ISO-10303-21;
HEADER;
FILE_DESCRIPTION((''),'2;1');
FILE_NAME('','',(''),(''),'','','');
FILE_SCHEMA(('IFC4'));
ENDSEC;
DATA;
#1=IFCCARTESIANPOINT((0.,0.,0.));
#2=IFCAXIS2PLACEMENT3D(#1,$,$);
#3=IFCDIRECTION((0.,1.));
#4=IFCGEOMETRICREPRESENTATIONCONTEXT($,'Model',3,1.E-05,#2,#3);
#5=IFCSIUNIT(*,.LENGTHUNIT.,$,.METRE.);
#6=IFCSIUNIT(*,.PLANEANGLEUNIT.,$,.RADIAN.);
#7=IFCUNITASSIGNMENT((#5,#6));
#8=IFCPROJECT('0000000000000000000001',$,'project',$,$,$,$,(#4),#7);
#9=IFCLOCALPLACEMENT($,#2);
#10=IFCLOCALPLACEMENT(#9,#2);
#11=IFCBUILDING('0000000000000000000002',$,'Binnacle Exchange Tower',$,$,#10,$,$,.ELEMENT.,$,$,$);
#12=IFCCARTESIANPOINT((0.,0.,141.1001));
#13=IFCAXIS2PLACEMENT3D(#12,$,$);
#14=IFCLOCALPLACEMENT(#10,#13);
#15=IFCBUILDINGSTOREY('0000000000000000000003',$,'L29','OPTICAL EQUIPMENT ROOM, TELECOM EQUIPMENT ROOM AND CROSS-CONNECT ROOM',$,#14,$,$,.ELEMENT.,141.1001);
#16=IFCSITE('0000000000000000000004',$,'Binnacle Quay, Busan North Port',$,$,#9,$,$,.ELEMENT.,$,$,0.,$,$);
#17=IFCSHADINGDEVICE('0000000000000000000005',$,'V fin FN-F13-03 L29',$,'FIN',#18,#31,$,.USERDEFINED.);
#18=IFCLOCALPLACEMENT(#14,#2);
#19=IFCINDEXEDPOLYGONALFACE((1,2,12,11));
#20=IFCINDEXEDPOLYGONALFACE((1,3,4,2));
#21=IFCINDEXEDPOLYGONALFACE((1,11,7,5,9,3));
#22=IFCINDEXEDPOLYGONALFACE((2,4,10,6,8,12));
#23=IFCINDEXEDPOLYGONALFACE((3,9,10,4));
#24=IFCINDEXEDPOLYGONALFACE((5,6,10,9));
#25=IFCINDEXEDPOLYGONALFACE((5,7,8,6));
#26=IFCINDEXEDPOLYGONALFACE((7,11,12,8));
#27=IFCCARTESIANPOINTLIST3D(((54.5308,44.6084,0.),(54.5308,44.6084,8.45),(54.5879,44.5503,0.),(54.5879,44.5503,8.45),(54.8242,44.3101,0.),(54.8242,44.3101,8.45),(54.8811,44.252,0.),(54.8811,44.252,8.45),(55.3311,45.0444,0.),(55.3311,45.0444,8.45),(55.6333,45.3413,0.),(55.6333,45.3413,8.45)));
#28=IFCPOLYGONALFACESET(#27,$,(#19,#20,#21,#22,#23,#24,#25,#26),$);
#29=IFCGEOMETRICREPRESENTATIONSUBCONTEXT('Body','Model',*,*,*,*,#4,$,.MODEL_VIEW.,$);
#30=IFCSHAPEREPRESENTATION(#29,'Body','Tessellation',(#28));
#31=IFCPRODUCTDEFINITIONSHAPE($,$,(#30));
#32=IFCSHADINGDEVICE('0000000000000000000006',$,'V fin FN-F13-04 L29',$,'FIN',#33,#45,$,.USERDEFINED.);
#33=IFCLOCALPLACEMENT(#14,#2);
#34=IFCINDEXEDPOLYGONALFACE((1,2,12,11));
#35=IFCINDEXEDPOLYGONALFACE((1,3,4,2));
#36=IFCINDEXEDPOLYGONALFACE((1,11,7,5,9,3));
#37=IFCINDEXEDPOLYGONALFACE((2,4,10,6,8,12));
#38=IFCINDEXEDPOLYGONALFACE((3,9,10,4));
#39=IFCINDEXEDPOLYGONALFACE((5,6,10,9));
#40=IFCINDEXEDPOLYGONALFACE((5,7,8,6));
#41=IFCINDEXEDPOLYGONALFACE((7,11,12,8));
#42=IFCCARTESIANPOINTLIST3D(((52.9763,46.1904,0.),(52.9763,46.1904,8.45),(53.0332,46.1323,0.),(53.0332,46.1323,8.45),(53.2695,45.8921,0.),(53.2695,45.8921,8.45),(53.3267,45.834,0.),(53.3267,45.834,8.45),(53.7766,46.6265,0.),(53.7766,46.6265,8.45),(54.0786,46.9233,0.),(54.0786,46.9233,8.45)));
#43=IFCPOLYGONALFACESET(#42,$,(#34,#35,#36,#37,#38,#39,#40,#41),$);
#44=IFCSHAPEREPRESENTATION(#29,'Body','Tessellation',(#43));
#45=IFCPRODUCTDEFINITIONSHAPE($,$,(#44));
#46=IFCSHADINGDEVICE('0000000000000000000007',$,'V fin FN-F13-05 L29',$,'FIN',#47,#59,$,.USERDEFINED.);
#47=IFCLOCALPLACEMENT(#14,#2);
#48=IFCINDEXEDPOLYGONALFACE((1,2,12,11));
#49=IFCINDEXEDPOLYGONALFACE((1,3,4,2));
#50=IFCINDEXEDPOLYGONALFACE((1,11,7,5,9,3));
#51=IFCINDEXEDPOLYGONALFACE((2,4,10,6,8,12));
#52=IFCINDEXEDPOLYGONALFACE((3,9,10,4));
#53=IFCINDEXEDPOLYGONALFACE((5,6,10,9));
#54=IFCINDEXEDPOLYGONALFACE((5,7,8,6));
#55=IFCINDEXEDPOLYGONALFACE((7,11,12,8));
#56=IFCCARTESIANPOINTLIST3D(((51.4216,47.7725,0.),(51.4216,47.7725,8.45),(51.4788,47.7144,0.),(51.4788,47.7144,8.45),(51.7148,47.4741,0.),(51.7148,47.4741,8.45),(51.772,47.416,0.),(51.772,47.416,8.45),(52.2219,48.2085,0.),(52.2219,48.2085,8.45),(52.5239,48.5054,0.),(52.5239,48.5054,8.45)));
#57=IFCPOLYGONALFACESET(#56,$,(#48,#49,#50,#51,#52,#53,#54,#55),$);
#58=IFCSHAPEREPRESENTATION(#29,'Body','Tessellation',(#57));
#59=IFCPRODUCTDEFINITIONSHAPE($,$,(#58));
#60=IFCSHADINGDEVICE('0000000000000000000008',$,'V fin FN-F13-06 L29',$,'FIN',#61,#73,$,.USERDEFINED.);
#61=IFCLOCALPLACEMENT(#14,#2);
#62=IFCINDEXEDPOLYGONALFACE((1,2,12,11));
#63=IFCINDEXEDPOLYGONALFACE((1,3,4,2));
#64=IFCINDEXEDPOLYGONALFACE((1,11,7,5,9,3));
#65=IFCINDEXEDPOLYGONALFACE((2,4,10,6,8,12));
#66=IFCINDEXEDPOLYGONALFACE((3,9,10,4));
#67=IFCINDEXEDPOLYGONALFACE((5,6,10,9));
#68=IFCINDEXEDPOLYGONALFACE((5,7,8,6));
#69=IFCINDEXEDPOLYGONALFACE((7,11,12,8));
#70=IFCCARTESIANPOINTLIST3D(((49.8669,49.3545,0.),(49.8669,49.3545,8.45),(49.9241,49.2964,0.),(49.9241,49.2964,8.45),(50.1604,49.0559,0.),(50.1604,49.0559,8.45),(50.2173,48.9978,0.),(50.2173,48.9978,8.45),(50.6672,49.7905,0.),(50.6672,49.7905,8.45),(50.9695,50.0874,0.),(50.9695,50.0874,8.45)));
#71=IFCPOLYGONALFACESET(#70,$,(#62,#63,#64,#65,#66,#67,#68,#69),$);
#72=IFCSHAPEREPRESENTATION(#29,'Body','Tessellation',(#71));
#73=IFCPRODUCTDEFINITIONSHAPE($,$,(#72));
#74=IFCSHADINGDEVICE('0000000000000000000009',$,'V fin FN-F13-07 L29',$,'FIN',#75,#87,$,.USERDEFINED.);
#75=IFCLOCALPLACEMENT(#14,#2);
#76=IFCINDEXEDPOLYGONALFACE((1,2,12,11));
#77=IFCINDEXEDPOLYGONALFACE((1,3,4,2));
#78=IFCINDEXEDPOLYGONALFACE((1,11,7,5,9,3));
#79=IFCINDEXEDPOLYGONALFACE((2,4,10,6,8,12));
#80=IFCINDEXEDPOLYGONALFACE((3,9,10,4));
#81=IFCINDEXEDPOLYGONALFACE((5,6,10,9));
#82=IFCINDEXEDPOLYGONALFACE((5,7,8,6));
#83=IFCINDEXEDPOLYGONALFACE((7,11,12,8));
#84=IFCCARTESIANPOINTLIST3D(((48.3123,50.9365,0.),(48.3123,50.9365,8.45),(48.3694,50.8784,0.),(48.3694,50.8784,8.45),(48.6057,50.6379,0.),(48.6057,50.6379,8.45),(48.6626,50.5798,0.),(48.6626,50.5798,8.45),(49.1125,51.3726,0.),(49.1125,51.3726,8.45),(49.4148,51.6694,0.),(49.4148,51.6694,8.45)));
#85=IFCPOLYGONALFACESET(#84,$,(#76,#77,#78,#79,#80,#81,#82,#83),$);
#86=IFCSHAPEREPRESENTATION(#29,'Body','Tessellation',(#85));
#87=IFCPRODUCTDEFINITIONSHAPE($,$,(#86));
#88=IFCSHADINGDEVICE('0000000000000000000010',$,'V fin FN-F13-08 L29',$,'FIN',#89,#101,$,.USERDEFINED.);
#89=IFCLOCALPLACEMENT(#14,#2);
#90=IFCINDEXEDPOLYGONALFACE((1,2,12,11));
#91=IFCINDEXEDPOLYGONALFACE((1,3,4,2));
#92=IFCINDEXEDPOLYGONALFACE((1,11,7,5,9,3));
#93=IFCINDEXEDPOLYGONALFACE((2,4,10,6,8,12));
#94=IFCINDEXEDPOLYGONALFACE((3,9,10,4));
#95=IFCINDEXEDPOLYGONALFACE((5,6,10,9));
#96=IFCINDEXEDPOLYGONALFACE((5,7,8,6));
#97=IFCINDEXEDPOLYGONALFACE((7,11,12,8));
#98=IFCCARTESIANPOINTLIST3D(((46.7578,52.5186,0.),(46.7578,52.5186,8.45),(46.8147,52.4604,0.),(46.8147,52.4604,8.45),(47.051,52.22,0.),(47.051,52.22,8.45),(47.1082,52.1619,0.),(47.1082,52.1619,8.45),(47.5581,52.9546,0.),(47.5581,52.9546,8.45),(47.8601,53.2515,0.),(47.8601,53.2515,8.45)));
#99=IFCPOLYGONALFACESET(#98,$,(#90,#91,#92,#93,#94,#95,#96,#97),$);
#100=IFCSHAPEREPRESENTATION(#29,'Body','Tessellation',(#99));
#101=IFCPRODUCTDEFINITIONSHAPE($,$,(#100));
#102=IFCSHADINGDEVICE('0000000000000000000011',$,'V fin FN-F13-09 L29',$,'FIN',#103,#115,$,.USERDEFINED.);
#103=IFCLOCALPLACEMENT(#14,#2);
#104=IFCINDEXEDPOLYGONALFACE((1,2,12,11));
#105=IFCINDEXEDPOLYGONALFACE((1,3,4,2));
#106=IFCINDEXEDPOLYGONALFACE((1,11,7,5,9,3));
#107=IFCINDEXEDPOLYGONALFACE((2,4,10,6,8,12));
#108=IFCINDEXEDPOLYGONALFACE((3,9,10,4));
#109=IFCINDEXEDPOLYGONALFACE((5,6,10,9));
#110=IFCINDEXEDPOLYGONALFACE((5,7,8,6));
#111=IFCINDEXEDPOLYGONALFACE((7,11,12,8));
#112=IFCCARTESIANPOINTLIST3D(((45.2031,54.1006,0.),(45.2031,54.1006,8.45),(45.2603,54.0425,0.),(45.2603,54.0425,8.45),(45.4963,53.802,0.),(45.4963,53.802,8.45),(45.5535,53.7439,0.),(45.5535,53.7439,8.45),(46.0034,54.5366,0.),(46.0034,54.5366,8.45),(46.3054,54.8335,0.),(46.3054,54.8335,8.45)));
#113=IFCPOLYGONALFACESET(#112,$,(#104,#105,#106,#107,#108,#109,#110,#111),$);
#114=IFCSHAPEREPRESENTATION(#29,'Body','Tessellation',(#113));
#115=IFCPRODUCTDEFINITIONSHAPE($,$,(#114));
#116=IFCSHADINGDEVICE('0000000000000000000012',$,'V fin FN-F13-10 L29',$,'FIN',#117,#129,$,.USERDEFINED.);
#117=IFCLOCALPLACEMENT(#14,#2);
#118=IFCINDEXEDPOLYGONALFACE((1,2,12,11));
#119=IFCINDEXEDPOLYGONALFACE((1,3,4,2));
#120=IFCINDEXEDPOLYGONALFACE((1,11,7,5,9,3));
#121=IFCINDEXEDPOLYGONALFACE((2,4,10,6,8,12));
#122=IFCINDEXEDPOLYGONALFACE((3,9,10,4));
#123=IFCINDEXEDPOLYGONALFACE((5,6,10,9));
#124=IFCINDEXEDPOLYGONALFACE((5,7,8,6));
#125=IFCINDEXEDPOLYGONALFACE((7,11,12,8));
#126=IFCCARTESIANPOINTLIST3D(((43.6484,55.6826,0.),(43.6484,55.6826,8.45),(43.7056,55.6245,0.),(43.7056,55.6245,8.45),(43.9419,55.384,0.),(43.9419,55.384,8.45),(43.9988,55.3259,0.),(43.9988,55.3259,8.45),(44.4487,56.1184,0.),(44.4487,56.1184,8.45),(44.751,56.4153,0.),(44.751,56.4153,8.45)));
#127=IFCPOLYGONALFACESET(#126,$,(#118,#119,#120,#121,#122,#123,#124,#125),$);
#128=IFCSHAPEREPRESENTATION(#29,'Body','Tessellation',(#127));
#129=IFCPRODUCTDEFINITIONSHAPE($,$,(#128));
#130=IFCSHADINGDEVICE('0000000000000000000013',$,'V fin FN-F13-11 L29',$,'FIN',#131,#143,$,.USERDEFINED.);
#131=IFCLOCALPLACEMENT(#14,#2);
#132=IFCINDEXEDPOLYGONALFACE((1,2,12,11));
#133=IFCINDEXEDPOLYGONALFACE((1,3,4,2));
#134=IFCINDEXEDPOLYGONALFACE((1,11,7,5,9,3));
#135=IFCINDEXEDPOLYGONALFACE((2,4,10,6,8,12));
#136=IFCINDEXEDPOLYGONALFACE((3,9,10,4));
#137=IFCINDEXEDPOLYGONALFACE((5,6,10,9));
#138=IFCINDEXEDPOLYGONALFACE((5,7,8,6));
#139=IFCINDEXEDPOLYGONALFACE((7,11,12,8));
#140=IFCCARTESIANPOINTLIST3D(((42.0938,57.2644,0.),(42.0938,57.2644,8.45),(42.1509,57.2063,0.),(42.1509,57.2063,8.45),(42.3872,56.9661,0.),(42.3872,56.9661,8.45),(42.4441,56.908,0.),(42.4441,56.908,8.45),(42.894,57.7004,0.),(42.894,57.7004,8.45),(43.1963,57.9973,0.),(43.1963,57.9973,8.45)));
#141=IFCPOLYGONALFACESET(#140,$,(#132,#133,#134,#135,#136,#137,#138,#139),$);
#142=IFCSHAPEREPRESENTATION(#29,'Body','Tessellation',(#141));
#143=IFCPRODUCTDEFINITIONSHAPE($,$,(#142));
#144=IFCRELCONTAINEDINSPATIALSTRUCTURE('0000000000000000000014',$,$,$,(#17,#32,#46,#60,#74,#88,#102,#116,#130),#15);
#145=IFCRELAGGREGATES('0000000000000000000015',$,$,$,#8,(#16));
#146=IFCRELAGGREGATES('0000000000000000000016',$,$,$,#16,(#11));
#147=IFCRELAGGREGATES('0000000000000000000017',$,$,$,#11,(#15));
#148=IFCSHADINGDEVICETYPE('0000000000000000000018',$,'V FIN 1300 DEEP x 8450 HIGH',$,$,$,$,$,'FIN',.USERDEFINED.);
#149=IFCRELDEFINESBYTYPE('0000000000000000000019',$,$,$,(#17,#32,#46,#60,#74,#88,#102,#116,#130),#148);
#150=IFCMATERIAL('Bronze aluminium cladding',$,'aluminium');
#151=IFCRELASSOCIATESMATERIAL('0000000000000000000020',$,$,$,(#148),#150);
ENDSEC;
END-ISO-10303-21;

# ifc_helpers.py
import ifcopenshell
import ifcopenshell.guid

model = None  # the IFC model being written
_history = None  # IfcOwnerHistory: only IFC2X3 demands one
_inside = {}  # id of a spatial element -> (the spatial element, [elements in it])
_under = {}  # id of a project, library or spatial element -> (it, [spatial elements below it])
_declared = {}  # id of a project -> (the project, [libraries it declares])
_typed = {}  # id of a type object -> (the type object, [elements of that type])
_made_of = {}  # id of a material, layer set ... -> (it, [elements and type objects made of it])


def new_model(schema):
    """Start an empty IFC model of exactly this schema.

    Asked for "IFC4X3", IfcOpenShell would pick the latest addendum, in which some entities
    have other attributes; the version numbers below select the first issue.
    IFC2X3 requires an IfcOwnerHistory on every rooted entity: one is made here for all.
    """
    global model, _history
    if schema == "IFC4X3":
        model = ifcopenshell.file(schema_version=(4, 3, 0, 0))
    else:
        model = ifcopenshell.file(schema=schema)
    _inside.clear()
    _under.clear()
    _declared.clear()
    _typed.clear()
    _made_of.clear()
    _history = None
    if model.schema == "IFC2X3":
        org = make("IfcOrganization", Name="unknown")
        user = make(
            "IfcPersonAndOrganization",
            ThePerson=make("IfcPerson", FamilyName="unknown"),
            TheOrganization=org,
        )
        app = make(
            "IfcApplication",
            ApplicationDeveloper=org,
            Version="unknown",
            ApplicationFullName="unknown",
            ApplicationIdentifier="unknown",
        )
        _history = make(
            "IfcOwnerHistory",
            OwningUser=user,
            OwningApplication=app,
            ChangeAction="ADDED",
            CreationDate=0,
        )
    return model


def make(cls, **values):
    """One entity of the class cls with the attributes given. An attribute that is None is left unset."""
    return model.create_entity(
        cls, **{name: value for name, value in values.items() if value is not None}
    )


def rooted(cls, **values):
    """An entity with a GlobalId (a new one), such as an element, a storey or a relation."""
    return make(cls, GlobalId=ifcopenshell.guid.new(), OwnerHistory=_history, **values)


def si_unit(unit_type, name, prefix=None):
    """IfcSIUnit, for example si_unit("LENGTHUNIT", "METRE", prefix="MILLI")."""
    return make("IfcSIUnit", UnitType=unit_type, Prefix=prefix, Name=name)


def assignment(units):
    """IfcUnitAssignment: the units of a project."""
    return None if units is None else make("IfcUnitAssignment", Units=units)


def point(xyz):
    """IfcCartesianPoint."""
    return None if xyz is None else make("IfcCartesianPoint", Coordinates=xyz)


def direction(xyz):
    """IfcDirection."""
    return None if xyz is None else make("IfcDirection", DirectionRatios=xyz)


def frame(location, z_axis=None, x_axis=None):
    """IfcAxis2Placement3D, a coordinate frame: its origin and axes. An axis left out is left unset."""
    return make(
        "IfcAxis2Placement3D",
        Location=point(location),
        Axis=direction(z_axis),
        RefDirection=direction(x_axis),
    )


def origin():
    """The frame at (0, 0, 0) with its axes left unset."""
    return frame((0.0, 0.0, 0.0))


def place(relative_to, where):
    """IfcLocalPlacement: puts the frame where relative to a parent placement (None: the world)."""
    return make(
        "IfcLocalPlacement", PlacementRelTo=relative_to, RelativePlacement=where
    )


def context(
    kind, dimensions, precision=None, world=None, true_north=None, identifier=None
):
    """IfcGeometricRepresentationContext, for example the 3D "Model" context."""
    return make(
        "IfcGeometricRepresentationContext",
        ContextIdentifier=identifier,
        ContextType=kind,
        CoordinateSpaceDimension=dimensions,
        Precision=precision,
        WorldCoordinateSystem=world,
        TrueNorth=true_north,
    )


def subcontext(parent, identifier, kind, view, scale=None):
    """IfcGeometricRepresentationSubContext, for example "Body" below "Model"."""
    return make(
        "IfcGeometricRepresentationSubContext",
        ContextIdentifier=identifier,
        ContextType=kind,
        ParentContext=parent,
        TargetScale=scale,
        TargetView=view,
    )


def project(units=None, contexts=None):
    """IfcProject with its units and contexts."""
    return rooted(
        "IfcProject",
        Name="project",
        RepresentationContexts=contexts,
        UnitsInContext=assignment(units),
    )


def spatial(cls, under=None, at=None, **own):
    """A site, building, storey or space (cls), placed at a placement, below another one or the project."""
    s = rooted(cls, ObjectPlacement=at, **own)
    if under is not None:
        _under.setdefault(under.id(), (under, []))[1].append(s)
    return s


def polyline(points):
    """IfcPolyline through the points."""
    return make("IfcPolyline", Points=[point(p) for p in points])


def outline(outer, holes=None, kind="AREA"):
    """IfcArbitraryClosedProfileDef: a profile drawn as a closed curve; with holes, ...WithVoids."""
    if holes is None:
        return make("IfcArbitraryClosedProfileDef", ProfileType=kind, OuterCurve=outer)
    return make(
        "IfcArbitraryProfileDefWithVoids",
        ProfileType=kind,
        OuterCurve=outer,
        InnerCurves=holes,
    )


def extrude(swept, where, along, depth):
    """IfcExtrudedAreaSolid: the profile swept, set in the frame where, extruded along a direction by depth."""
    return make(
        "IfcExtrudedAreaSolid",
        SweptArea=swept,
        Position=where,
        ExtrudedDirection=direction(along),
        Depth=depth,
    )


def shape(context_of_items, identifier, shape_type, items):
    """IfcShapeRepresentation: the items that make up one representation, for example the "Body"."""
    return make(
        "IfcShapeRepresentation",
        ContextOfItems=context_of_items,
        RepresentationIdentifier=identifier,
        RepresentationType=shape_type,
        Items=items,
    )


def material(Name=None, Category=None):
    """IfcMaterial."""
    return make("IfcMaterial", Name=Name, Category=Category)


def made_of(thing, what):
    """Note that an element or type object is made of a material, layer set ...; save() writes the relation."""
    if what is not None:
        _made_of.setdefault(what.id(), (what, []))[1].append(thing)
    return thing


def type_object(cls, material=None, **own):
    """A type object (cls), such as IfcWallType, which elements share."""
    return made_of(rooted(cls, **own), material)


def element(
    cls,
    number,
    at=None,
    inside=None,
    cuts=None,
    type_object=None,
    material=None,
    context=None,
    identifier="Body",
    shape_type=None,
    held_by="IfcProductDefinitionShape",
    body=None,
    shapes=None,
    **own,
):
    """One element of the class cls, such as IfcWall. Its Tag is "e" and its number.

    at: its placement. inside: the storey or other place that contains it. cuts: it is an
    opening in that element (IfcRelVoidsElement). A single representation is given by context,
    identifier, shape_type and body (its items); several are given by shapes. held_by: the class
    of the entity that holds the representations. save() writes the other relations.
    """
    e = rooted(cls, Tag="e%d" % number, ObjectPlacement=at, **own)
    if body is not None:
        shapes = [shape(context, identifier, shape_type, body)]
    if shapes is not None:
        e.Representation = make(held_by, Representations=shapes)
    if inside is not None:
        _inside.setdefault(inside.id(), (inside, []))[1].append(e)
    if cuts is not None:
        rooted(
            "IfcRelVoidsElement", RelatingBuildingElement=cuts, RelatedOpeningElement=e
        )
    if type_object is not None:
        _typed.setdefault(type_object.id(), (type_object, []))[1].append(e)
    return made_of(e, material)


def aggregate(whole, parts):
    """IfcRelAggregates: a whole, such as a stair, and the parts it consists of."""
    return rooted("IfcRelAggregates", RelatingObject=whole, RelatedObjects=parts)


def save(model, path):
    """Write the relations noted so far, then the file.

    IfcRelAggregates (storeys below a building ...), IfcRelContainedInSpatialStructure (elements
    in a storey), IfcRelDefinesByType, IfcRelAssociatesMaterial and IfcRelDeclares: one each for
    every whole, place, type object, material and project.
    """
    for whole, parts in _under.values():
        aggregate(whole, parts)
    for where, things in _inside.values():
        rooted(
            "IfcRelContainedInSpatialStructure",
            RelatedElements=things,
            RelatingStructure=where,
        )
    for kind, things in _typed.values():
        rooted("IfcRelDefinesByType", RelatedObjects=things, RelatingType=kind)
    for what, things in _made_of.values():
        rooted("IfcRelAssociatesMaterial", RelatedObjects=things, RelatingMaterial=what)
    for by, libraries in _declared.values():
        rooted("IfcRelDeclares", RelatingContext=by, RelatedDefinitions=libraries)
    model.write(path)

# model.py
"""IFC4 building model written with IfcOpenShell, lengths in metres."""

from ifc_helpers import new_model, si_unit, direction, frame, origin, place, context, subcontext, project, spatial, polyline, outline, extrude, material, type_object, element, save


model = new_model("IFC4")

# Units and contexts
model_context = context("Model", 3, precision=1e-05, world=origin(), true_north=direction((0.0, 1.0)))
body_context = subcontext(model_context, "Body", "Model", "MODEL_VIEW")
ifc_project = project(units=[si_unit("LENGTHUNIT", "METRE"), si_unit("PLANEANGLEUNIT", "RADIAN")], contexts=[model_context])

# Site, building, storey
site_placement = place(None, origin())
site = spatial("IfcSite", under=ifc_project, at=site_placement, Name="Binnacle Quay, Busan North Port", CompositionType="ELEMENT", RefElevation=0.0)
building_placement = place(site_placement, origin())
building = spatial("IfcBuilding", under=site, at=building_placement, Name="Binnacle Exchange Tower", CompositionType="ELEMENT")
storey_placement = place(building_placement, frame((0.0, 0.0, 141.1001)))
storey = spatial("IfcBuildingStorey", under=building, at=storey_placement, Name="L29", Description="OPTICAL EQUIPMENT ROOM, TELECOM EQUIPMENT ROOM AND CROSS-CONNECT ROOM", CompositionType="ELEMENT", Elevation=141.1001)

# Shading devices
ifc_material_1 = material(Name="Bronze aluminium cladding", Category="aluminium")
shading_device_type = type_object("IfcShadingDeviceType", Name="V FIN 1300 DEEP x 8450 HIGH", ElementType="FIN", PredefinedType="USERDEFINED", material=ifc_material_1)
shading_device_1_placement = place(storey_placement, origin())
element("IfcShadingDevice", 1, at=shading_device_1_placement, inside=storey, type_object=shading_device_type, Name="V fin FN-F13-03 L29", ObjectType="FIN", PredefinedType="USERDEFINED", context=body_context, shape_type="SweptSolid", body=[
    extrude(outline(polyline([(54.8811, 44.252), (55.6333, 45.3413), (54.5308, 44.6084), (54.5879, 44.5503), (55.3311, 45.0444), (54.8242, 44.3101), (54.8811, 44.252)])), origin(), (0.0, 0.0, 1.0), 8.45),
])
shading_device_2_placement = place(storey_placement, origin())
element("IfcShadingDevice", 2, at=shading_device_2_placement, inside=storey, type_object=shading_device_type, Name="V fin FN-F13-04 L29", ObjectType="FIN", PredefinedType="USERDEFINED", context=body_context, shape_type="SweptSolid", body=[
    extrude(outline(polyline([(53.3267, 45.834), (54.0786, 46.9233), (52.9763, 46.1904), (53.0332, 46.1323), (53.7766, 46.6265), (53.2695, 45.8921), (53.3267, 45.834)])), origin(), (0.0, 0.0, 1.0), 8.45),
])
shading_device_3_placement = place(storey_placement, origin())
element("IfcShadingDevice", 3, at=shading_device_3_placement, inside=storey, type_object=shading_device_type, Name="V fin FN-F13-05 L29", ObjectType="FIN", PredefinedType="USERDEFINED", context=body_context, shape_type="SweptSolid", body=[
    extrude(outline(polyline([(51.772, 47.416), (52.5239, 48.5054), (51.4216, 47.7725), (51.4788, 47.7144), (52.2219, 48.2085), (51.7148, 47.4741), (51.772, 47.416)])), origin(), (0.0, 0.0, 1.0), 8.45),
])
shading_device_4_placement = place(storey_placement, origin())
element("IfcShadingDevice", 4, at=shading_device_4_placement, inside=storey, type_object=shading_device_type, Name="V fin FN-F13-06 L29", ObjectType="FIN", PredefinedType="USERDEFINED", context=body_context, shape_type="SweptSolid", body=[
    extrude(outline(polyline([(50.2173, 48.9978), (50.9695, 50.0874), (49.8669, 49.3545), (49.9241, 49.2964), (50.6672, 49.7905), (50.1604, 49.0559), (50.2173, 48.9978)])), origin(), (0.0, 0.0, 1.0), 8.45),
])
shading_device_5_placement = place(storey_placement, origin())
element("IfcShadingDevice", 5, at=shading_device_5_placement, inside=storey, type_object=shading_device_type, Name="V fin FN-F13-07 L29", ObjectType="FIN", PredefinedType="USERDEFINED", context=body_context, shape_type="SweptSolid", body=[
    extrude(outline(polyline([(48.6626, 50.5798), (49.4148, 51.6694), (48.3123, 50.9365), (48.3694, 50.8784), (49.1125, 51.3726), (48.6057, 50.6379), (48.6626, 50.5798)])), origin(), (0.0, 0.0, 1.0), 8.45),
])
shading_device_6_placement = place(storey_placement, origin())
element("IfcShadingDevice", 6, at=shading_device_6_placement, inside=storey, type_object=shading_device_type, Name="V fin FN-F13-08 L29", ObjectType="FIN", PredefinedType="USERDEFINED", context=body_context, shape_type="SweptSolid", body=[
    extrude(outline(polyline([(47.1082, 52.1619), (47.8601, 53.2515), (46.7578, 52.5186), (46.8147, 52.4604), (47.5581, 52.9546), (47.051, 52.22), (47.1082, 52.1619)])), origin(), (0.0, 0.0, 1.0), 8.45),
])
shading_device_7_placement = place(storey_placement, origin())
element("IfcShadingDevice", 7, at=shading_device_7_placement, inside=storey, type_object=shading_device_type, Name="V fin FN-F13-09 L29", ObjectType="FIN", PredefinedType="USERDEFINED", context=body_context, shape_type="SweptSolid", body=[
    extrude(outline(polyline([(45.5535, 53.7439), (46.3054, 54.8335), (45.2031, 54.1006), (45.2603, 54.0425), (46.0034, 54.5366), (45.4963, 53.802), (45.5535, 53.7439)])), origin(), (0.0, 0.0, 1.0), 8.45),
])
shading_device_8_placement = place(storey_placement, origin())
element("IfcShadingDevice", 8, at=shading_device_8_placement, inside=storey, type_object=shading_device_type, Name="V fin FN-F13-10 L29", ObjectType="FIN", PredefinedType="USERDEFINED", context=body_context, shape_type="SweptSolid", body=[
    extrude(outline(polyline([(43.9988, 55.3259), (44.751, 56.4153), (43.6484, 55.6826), (43.7056, 55.6245), (44.4487, 56.1184), (43.9419, 55.384), (43.9988, 55.3259)])), origin(), (0.0, 0.0, 1.0), 8.45),
])
shading_device_9_placement = place(storey_placement, origin())
element("IfcShadingDevice", 9, at=shading_device_9_placement, inside=storey, type_object=shading_device_type, Name="V fin FN-F13-11 L29", ObjectType="FIN", PredefinedType="USERDEFINED", context=body_context, shape_type="SweptSolid", body=[
    extrude(outline(polyline([(42.4441, 56.908), (43.1963, 57.9973), (42.0938, 57.2644), (42.1509, 57.2063), (42.894, 57.7004), (42.3872, 56.9661), (42.4441, 56.908)])), origin(), (0.0, 0.0, 1.0), 8.45),
])

save(model, "model.ifc")
